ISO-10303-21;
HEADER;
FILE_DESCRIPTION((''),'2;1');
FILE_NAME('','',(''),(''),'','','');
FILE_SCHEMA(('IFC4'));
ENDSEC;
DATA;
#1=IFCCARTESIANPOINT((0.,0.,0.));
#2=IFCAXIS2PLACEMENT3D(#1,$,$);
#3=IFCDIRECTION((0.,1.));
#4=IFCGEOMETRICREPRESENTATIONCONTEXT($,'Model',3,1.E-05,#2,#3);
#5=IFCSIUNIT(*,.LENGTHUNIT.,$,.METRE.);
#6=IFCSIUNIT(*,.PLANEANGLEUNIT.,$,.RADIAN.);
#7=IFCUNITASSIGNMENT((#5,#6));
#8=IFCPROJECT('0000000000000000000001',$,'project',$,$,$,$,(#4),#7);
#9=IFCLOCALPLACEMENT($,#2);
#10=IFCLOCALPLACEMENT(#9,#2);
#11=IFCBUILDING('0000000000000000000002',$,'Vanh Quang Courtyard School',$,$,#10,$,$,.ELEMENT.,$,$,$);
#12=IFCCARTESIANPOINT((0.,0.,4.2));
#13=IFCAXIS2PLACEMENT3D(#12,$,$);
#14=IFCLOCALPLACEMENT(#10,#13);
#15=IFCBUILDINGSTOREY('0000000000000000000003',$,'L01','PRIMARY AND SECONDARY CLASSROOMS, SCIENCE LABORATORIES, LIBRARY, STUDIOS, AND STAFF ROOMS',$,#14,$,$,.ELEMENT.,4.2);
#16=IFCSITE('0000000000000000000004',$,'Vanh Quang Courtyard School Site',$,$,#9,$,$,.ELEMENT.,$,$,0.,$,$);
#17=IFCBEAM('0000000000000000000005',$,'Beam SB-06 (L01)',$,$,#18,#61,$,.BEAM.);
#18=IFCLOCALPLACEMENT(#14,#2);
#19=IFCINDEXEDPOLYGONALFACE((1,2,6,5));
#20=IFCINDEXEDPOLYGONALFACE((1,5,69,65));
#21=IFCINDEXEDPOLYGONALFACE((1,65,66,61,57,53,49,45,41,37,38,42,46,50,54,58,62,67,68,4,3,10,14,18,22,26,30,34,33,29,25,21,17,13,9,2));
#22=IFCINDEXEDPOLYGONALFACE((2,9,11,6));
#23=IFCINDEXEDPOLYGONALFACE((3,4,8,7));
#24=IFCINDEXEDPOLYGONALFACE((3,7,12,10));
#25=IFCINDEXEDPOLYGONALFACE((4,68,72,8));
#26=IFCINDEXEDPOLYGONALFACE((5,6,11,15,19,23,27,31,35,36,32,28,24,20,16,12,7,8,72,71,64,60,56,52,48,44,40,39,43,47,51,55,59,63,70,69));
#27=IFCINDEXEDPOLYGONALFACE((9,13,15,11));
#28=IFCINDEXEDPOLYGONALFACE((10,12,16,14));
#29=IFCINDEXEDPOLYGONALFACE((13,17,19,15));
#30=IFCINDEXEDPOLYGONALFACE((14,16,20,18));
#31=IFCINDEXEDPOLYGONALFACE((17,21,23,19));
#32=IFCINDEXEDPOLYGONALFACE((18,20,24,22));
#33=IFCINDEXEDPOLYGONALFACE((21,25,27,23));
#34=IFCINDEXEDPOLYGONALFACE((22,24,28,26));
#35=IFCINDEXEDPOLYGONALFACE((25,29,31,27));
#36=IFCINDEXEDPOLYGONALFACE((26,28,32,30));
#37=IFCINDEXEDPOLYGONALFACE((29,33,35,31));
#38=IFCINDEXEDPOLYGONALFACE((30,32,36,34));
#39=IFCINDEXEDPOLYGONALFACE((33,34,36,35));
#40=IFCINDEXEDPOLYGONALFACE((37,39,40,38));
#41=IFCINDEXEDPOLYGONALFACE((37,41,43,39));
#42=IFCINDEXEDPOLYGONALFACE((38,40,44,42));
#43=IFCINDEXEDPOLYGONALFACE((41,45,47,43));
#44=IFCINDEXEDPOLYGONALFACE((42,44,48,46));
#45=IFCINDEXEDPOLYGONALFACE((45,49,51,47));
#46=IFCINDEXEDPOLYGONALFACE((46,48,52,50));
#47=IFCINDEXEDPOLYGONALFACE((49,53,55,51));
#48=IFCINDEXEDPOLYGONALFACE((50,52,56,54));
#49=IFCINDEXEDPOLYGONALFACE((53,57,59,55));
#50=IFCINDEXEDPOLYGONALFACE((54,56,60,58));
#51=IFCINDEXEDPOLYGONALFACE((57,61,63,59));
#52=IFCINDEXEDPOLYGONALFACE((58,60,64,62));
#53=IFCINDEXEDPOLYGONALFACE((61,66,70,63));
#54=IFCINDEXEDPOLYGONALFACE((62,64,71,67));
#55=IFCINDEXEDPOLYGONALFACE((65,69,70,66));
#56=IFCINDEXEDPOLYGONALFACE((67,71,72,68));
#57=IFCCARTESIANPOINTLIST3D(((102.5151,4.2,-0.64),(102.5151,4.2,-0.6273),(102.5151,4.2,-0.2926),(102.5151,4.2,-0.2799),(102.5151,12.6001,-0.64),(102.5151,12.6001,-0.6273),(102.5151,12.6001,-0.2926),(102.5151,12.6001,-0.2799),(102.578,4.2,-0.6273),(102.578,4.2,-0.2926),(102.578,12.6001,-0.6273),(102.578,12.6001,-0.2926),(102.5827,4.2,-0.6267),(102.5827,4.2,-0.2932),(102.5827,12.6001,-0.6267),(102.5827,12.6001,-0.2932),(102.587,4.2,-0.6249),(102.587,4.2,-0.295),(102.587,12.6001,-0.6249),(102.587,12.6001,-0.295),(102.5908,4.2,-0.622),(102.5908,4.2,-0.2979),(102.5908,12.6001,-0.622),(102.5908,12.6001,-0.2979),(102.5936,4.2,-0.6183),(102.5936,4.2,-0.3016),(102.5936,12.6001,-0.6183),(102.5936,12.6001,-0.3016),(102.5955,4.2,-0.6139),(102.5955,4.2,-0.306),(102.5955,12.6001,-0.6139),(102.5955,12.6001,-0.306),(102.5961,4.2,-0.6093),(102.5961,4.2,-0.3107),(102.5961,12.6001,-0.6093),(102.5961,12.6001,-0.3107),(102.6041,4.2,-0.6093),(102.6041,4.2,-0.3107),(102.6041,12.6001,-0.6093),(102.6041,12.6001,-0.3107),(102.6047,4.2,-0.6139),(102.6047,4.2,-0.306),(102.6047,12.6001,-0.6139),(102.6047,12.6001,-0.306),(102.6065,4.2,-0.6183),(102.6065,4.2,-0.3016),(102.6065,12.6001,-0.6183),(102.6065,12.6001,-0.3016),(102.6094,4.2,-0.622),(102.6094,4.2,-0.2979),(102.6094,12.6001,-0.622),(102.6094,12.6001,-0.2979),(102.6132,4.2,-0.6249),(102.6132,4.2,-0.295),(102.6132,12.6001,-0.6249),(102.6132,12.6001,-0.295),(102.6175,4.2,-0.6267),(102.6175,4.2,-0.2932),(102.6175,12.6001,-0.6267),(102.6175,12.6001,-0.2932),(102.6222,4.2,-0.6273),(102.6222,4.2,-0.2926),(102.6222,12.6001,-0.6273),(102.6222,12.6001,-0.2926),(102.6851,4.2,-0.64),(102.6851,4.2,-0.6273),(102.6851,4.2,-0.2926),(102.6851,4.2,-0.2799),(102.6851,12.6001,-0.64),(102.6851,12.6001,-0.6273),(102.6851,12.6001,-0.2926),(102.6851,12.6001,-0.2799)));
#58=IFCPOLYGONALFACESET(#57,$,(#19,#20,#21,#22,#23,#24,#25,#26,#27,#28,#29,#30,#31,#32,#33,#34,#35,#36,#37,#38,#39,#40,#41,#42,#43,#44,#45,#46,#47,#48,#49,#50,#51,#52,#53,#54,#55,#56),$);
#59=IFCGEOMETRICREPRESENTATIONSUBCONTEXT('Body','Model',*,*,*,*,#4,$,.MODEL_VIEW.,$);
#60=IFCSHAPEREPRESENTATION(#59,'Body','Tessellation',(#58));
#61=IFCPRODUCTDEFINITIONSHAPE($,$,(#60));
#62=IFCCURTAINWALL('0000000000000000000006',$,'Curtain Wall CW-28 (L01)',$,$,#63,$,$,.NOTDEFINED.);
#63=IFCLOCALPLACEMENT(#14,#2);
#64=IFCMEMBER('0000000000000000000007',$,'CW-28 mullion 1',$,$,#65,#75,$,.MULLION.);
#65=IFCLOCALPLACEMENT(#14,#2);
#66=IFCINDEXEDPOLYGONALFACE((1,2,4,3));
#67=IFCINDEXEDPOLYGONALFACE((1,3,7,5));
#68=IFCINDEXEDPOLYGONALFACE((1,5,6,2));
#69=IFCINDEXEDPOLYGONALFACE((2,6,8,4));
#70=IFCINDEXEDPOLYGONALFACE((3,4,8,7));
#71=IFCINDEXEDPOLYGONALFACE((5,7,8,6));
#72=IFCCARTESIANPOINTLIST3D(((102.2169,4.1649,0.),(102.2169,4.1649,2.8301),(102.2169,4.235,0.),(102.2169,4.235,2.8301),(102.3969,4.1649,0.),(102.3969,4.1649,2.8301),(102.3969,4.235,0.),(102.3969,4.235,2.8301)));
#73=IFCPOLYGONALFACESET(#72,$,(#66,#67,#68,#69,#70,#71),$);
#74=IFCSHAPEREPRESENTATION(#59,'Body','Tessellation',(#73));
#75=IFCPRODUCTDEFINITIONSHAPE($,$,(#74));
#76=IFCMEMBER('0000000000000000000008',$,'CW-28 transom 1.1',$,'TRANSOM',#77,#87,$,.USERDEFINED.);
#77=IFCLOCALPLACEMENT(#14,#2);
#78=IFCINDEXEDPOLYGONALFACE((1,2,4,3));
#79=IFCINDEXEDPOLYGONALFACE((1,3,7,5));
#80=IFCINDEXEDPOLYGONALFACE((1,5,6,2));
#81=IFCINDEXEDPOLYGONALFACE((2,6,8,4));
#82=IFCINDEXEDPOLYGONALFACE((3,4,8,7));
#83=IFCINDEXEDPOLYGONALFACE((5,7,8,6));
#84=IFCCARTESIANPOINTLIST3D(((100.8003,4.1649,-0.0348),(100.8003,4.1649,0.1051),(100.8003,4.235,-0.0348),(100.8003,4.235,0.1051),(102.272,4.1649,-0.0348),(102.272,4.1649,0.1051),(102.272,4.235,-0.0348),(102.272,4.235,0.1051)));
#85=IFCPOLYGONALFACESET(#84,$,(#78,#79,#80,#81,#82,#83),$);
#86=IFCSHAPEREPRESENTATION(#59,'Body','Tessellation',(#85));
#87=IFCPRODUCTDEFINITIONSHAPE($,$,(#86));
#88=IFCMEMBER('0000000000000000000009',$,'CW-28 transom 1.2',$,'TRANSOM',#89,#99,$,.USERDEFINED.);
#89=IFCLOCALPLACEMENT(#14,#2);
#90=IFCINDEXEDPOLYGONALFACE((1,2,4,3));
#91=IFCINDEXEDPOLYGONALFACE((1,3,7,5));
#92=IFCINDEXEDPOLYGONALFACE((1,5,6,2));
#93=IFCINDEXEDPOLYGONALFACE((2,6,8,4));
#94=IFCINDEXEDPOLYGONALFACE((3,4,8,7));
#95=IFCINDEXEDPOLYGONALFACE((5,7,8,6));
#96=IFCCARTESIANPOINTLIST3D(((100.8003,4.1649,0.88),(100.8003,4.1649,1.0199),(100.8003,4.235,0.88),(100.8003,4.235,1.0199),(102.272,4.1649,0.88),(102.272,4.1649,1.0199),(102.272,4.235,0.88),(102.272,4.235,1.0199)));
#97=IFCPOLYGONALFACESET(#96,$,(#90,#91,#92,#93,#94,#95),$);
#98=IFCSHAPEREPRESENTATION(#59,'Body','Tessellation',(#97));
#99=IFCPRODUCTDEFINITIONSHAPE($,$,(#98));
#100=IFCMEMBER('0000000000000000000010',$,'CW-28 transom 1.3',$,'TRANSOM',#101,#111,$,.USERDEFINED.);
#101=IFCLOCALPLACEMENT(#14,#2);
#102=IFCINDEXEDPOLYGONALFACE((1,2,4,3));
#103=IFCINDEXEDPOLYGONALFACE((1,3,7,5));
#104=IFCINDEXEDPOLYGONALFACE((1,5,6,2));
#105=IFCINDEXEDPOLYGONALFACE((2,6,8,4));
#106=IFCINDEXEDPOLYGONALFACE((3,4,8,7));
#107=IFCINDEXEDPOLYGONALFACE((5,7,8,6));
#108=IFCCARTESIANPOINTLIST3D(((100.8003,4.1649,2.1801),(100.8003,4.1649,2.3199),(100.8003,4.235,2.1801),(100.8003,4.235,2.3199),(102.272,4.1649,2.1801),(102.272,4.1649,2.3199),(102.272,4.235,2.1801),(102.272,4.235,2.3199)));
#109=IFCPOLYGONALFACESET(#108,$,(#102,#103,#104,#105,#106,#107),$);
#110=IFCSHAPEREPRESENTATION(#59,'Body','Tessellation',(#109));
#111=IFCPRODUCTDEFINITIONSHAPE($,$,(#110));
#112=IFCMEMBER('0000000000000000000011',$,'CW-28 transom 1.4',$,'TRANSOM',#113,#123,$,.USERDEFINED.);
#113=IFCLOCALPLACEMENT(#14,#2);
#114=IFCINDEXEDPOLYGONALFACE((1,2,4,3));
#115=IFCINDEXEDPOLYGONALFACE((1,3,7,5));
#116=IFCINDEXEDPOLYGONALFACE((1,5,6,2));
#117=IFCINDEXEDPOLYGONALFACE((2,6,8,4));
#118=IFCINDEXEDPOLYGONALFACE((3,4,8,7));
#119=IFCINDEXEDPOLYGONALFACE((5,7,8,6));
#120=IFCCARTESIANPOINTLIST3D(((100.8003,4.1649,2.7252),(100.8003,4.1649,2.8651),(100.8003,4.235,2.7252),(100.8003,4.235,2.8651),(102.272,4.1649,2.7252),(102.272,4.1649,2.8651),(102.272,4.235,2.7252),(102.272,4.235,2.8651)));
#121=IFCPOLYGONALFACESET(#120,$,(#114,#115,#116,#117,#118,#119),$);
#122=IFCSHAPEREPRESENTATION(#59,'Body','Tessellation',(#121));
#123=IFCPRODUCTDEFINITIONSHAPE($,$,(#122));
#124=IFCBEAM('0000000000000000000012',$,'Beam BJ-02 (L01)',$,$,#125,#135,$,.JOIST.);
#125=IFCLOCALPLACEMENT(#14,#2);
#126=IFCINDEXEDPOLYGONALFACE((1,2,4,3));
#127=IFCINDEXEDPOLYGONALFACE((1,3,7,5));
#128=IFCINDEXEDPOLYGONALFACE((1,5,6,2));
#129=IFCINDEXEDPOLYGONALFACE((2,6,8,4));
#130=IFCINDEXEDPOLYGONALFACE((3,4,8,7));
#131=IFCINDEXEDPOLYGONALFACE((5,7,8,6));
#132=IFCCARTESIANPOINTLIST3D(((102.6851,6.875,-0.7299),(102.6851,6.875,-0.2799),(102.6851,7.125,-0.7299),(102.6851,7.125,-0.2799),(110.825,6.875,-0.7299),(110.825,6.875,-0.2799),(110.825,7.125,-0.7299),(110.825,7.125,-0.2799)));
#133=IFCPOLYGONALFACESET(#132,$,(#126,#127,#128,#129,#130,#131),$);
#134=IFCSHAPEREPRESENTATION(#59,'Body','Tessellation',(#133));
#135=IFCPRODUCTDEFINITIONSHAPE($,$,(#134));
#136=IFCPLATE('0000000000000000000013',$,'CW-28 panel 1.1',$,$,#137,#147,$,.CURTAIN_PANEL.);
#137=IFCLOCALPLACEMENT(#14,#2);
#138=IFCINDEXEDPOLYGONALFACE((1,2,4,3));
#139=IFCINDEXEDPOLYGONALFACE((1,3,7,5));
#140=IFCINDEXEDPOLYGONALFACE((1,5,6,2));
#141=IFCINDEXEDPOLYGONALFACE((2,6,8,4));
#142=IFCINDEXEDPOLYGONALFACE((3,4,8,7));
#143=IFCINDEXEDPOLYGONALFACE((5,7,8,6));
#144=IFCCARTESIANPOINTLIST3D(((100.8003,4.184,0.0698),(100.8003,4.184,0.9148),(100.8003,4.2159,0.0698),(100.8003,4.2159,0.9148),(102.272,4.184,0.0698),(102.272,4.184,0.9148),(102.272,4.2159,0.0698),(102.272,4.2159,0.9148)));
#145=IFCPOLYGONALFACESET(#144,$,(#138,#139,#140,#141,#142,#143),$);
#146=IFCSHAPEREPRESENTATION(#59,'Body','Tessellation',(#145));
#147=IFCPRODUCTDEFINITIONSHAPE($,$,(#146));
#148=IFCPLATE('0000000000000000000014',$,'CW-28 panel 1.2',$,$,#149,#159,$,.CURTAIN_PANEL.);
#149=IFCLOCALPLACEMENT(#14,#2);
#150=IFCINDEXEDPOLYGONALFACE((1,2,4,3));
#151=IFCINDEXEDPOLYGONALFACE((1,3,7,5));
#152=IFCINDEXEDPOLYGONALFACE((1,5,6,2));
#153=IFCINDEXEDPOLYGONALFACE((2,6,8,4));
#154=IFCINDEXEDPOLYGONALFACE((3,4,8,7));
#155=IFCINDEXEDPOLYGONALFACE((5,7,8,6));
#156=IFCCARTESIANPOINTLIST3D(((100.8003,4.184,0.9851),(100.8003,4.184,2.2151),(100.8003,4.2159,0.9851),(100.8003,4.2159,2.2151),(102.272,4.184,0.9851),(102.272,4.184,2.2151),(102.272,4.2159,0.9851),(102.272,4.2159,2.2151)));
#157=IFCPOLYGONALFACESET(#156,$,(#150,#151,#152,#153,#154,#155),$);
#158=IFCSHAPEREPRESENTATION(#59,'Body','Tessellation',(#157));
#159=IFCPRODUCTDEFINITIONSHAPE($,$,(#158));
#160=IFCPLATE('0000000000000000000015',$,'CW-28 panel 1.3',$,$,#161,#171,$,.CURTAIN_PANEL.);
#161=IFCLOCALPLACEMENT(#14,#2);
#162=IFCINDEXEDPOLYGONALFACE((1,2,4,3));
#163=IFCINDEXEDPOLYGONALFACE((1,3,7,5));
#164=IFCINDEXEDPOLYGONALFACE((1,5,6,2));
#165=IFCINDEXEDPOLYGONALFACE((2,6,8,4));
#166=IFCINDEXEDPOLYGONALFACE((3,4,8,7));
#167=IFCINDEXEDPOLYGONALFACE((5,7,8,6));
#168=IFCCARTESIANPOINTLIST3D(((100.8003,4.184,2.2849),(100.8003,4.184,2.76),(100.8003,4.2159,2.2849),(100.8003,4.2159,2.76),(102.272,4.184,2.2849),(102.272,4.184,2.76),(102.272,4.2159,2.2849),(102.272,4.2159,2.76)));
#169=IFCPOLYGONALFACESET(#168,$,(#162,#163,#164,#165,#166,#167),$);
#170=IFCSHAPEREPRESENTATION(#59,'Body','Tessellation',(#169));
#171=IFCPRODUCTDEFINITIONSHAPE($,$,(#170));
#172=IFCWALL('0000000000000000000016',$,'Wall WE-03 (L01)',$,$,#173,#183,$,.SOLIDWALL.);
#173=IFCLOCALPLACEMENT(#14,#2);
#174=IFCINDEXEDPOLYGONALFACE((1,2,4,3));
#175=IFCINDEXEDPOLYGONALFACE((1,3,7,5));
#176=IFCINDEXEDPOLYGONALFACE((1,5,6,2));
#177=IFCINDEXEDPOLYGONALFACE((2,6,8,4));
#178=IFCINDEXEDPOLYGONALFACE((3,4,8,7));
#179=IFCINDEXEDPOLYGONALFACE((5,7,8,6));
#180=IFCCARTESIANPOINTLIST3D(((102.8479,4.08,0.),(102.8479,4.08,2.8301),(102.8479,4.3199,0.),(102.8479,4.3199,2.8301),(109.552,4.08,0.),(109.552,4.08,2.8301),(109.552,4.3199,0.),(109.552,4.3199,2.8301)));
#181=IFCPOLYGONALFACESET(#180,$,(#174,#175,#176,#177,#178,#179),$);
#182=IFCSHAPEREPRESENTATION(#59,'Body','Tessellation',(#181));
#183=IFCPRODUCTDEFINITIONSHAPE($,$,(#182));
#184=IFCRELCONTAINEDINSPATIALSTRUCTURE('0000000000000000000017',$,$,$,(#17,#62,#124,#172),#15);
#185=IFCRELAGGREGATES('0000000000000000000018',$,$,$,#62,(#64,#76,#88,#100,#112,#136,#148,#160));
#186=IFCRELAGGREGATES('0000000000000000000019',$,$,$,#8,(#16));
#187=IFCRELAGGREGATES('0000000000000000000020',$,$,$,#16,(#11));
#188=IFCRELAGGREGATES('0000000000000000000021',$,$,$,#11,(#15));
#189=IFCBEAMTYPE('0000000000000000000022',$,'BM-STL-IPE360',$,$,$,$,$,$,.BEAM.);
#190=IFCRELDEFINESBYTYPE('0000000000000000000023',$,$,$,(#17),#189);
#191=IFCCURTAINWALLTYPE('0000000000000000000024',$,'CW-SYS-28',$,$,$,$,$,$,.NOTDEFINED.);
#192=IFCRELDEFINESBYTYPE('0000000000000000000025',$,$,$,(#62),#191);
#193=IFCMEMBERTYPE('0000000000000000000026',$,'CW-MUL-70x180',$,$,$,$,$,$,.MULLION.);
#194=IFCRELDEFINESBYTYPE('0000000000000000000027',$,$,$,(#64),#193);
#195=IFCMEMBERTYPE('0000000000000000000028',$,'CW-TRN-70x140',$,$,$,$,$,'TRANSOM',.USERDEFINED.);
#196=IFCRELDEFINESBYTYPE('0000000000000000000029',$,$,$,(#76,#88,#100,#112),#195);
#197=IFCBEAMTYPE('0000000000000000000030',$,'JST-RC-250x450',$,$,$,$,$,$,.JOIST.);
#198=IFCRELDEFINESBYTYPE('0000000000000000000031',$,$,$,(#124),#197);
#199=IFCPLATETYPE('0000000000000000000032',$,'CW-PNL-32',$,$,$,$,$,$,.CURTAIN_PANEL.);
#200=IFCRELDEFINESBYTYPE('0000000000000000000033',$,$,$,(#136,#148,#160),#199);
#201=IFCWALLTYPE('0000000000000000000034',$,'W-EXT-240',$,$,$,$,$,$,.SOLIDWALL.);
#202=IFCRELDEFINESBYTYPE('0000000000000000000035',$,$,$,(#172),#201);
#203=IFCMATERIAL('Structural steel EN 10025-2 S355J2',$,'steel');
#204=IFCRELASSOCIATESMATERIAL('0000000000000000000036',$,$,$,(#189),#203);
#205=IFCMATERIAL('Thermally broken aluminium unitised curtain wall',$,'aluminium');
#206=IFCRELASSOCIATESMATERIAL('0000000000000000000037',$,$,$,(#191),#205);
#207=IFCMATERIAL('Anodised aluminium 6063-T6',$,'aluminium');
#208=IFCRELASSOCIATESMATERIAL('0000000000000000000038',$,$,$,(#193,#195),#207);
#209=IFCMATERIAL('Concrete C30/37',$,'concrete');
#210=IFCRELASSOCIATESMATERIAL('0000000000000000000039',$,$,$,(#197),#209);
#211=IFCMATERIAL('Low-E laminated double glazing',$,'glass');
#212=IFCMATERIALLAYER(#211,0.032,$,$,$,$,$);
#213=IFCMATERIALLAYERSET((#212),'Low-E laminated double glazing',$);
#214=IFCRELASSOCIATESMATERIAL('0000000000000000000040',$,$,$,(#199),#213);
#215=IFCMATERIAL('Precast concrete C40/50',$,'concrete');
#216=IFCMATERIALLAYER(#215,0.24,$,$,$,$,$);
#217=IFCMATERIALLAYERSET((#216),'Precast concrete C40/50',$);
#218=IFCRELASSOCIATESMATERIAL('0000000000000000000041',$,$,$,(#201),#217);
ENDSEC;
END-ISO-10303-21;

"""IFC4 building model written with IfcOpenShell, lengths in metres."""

from ifc_helpers import new_model, si_unit, direction, frame, frame_2d, origin, origin_2d, place, context, subcontext, project, spatial, rectangle, i_section, extrude, material, layer, layer_set, material_profile, profile_set, type_object, element, aggregate, save


model = new_model("IFC4")

# Units and contexts
model_context = context("Model", 3, precision=1e-05, world=origin(), true_north=direction((0.0, 1.0)))
body_context = subcontext(model_context, "Body", "Model", "MODEL_VIEW")
ifc_project = project(units=[si_unit("LENGTHUNIT", "METRE"), si_unit("PLANEANGLEUNIT", "RADIAN")], contexts=[model_context])

# Site, building, storey
site_placement = place(None, origin())
site = spatial("IfcSite", under=ifc_project, at=site_placement, Name="Vanh Quang Courtyard School Site", CompositionType="ELEMENT", RefElevation=0.0)
building_placement = place(site_placement, origin())
building = spatial("IfcBuilding", under=site, at=building_placement, Name="Vanh Quang Courtyard School", CompositionType="ELEMENT")
storey_placement = place(building_placement, frame((0.0, 0.0, 4.2)))
storey = spatial("IfcBuildingStorey", under=building, at=storey_placement, Name="L01", Description="PRIMARY AND SECONDARY CLASSROOMS, SCIENCE LABORATORIES, LIBRARY, STUDIOS, AND STAFF ROOMS", CompositionType="ELEMENT", Elevation=4.2)

# Beam
ifc_material_1 = material(Name="Structural steel EN 10025-2 S355J2", Category="steel")
ifc_material_profile_1 = material_profile(ifc_material_1, i_section(OverallWidth=0.1699, OverallDepth=0.3601, WebThickness=0.0081, FlangeThickness=0.0127, FilletRadius=0.0181, at=origin_2d()), Name="IPE 360")
ifc_profile_set_1 = profile_set([ifc_material_profile_1], Name="Structural steel EN 10025-2 S355J2")
beam_type_1 = type_object("IfcBeamType", Name="BM-STL-IPE360", PredefinedType="BEAM", material=ifc_profile_set_1)
beam_1_placement = place(storey_placement, frame((102.6001, 4.2, -0.46), z_axis=(0.0, 1.0, 0.0), x_axis=(-1.0, 0.0, 0.0)))
element("IfcBeam", 1, at=beam_1_placement, inside=storey, type_object=beam_type_1, Name="Beam SB-06 (L01)", PredefinedType="BEAM", context=body_context, shape_type="SweptSolid", body=[
    extrude(i_section(OverallWidth=0.1699, OverallDepth=0.3601, WebThickness=0.0081, FlangeThickness=0.0127, FilletRadius=0.0181, at=origin_2d()), origin(), (0.0, 0.0, 1.0), 8.4001),
])

# Curtain wall, members
ifc_material_2 = material(Name="Thermally broken aluminium unitised curtain wall", Category="aluminium")
curtain_wall_type = type_object("IfcCurtainWallType", Name="CW-SYS-28", PredefinedType="NOTDEFINED", material=ifc_material_2)
curtain_wall_placement = place(storey_placement, origin())
curtain_wall = element("IfcCurtainWall", 2, at=curtain_wall_placement, inside=storey, type_object=curtain_wall_type, Name="Curtain Wall CW-28 (L01)", PredefinedType="NOTDEFINED")
ifc_material_3 = material(Name="Anodised aluminium 6063-T6", Category="aluminium")
ifc_material_profile_2 = material_profile(ifc_material_3, rectangle(XDim=0.0701, YDim=0.1799, at=origin_2d()), Name="ALU-MUL 70x180")
ifc_profile_set_2 = profile_set([ifc_material_profile_2], Name="Anodised aluminium 6063-T6")
member_type_1 = type_object("IfcMemberType", Name="CW-MUL-70x180", PredefinedType="MULLION", material=ifc_profile_set_2)
member_1_placement = place(storey_placement, frame((102.3069, 4.2, 0.0), z_axis=(0.0, 0.0, 1.0), x_axis=(0.0, -1.0, 0.0)))
member_1 = element("IfcMember", 3, at=member_1_placement, type_object=member_type_1, Name="CW-28 mullion 1", PredefinedType="MULLION", context=body_context, shape_type="SweptSolid", body=[
    extrude(rectangle(XDim=0.0701, YDim=0.1799, at=origin_2d()), origin(), (0.0, 0.0, 1.0), 2.8301),
])
ifc_material_profile_3 = material_profile(ifc_material_3, rectangle(XDim=0.0701, YDim=0.1399, at=origin_2d()), Name="ALU-TRN 70x140")
ifc_profile_set_3 = profile_set([ifc_material_profile_3], Name="Anodised aluminium 6063-T6")
member_type_2 = type_object("IfcMemberType", Name="CW-TRN-70x140", ElementType="TRANSOM", PredefinedType="USERDEFINED", material=ifc_profile_set_3)
member_2_placement = place(storey_placement, frame((102.272, 4.2, 0.0352), z_axis=(-1.0, 0.0, 0.0), x_axis=(0.0, -1.0, 0.0)))
member_2 = element("IfcMember", 4, at=member_2_placement, type_object=member_type_2, Name="CW-28 transom 1.1", ObjectType="TRANSOM", PredefinedType="USERDEFINED", context=body_context, shape_type="SweptSolid", body=[
    extrude(rectangle(XDim=0.0701, YDim=0.1399, at=origin_2d()), origin(), (0.0, 0.0, 1.0), 1.4717),
])
member_3_placement = place(storey_placement, frame((102.272, 4.2, 0.95), z_axis=(-1.0, 0.0, 0.0), x_axis=(0.0, -1.0, 0.0)))
member_3 = element("IfcMember", 5, at=member_3_placement, type_object=member_type_2, Name="CW-28 transom 1.2", ObjectType="TRANSOM", PredefinedType="USERDEFINED", context=body_context, shape_type="SweptSolid", body=[
    extrude(rectangle(XDim=0.0701, YDim=0.1399, at=origin_2d()), origin(), (0.0, 0.0, 1.0), 1.4717),
])
member_4_placement = place(storey_placement, frame((102.272, 4.2, 2.25), z_axis=(-1.0, 0.0, 0.0), x_axis=(0.0, -1.0, 0.0)))
member_4 = element("IfcMember", 6, at=member_4_placement, type_object=member_type_2, Name="CW-28 transom 1.3", ObjectType="TRANSOM", PredefinedType="USERDEFINED", context=body_context, shape_type="SweptSolid", body=[
    extrude(rectangle(XDim=0.0701, YDim=0.1399, at=origin_2d()), origin(), (0.0, 0.0, 1.0), 1.4717),
])
member_5_placement = place(storey_placement, frame((102.272, 4.2, 2.7952), z_axis=(-1.0, 0.0, 0.0), x_axis=(0.0, -1.0, 0.0)))
member_5 = element("IfcMember", 7, at=member_5_placement, type_object=member_type_2, Name="CW-28 transom 1.4", ObjectType="TRANSOM", PredefinedType="USERDEFINED", context=body_context, shape_type="SweptSolid", body=[
    extrude(rectangle(XDim=0.0701, YDim=0.1399, at=origin_2d()), origin(), (0.0, 0.0, 1.0), 1.4717),
])

# Beam
ifc_material_4 = material(Name="Concrete C30/37", Category="concrete")
ifc_material_profile_4 = material_profile(ifc_material_4, rectangle(XDim=0.25, YDim=0.45, at=origin_2d()), Name="RC-JST 250x450")
ifc_profile_set_4 = profile_set([ifc_material_profile_4], Name="Concrete C30/37")
beam_type_2 = type_object("IfcBeamType", Name="JST-RC-250x450", PredefinedType="JOIST", material=ifc_profile_set_4)
beam_2_placement = place(storey_placement, frame((102.6851, 7.0, -0.5049), z_axis=(1.0, 0.0, 0.0), x_axis=(0.0, 1.0, 0.0)))
element("IfcBeam", 8, at=beam_2_placement, inside=storey, type_object=beam_type_2, Name="Beam BJ-02 (L01)", PredefinedType="JOIST", context=body_context, shape_type="SweptSolid", body=[
    extrude(rectangle(XDim=0.25, YDim=0.45, at=origin_2d()), origin(), (0.0, 0.0, 1.0), 8.1399),
])

# Plates
ifc_material_5 = material(Name="Low-E laminated double glazing", Category="glass")
ifc_layer_1 = layer(ifc_material_5, 0.032)
ifc_layer_set_1 = layer_set([ifc_layer_1], Name="Low-E laminated double glazing")
plate_type = type_object("IfcPlateType", Name="CW-PNL-32", PredefinedType="CURTAIN_PANEL", material=ifc_layer_set_1)
plate_1_placement = place(storey_placement, frame((101.5361, 4.2, 0.0698), z_axis=(0.0, 0.0, 1.0), x_axis=(-1.0, 0.0, 0.0)))
plate_1 = element("IfcPlate", 9, at=plate_1_placement, type_object=plate_type, Name="CW-28 panel 1.1", PredefinedType="CURTAIN_PANEL", context=body_context, shape_type="SweptSolid", body=[
    extrude(rectangle(XDim=1.4717, YDim=0.032, at=origin_2d()), origin(), (0.0, 0.0, 1.0), 0.845),
])
plate_2_placement = place(storey_placement, frame((101.5361, 4.2, 0.9851), z_axis=(0.0, 0.0, 1.0), x_axis=(-1.0, 0.0, 0.0)))
plate_2 = element("IfcPlate", 10, at=plate_2_placement, type_object=plate_type, Name="CW-28 panel 1.2", PredefinedType="CURTAIN_PANEL", context=body_context, shape_type="SweptSolid", body=[
    extrude(rectangle(XDim=1.4717, YDim=0.032, at=origin_2d()), origin(), (0.0, 0.0, 1.0), 1.23),
])
plate_3_placement = place(storey_placement, frame((101.5361, 4.2, 2.2849), z_axis=(0.0, 0.0, 1.0), x_axis=(-1.0, 0.0, 0.0)))
plate_3 = element("IfcPlate", 11, at=plate_3_placement, type_object=plate_type, Name="CW-28 panel 1.3", PredefinedType="CURTAIN_PANEL", context=body_context, shape_type="SweptSolid", body=[
    extrude(rectangle(XDim=1.4717, YDim=0.032, at=origin_2d()), origin(), (0.0, 0.0, 1.0), 0.4751),
])
aggregate(curtain_wall, [member_1, member_2, member_3, member_4, member_5, plate_1, plate_2, plate_3])

# Wall
ifc_material_6 = material(Name="Precast concrete C40/50", Category="concrete")
ifc_layer_2 = layer(ifc_material_6, 0.24)
ifc_layer_set_2 = layer_set([ifc_layer_2], Name="Precast concrete C40/50")
wall_type = type_object("IfcWallType", Name="W-EXT-240", PredefinedType="SOLIDWALL", material=ifc_layer_set_2)
wall_placement = place(storey_placement, frame((109.552, 4.2, 0.0), z_axis=(0.0, 0.0, 1.0), x_axis=(-1.0, 0.0, 0.0)))
element("IfcWall", 12, at=wall_placement, inside=storey, type_object=wall_type, Name="Wall WE-03 (L01)", PredefinedType="SOLIDWALL", context=body_context, shape_type="SweptSolid", body=[
    extrude(rectangle(XDim=6.7041, YDim=0.24, at=frame_2d((3.3521, 0.0))), origin(), (0.0, 0.0, 1.0), 2.8301),
])

save(model, "model.ifc")
